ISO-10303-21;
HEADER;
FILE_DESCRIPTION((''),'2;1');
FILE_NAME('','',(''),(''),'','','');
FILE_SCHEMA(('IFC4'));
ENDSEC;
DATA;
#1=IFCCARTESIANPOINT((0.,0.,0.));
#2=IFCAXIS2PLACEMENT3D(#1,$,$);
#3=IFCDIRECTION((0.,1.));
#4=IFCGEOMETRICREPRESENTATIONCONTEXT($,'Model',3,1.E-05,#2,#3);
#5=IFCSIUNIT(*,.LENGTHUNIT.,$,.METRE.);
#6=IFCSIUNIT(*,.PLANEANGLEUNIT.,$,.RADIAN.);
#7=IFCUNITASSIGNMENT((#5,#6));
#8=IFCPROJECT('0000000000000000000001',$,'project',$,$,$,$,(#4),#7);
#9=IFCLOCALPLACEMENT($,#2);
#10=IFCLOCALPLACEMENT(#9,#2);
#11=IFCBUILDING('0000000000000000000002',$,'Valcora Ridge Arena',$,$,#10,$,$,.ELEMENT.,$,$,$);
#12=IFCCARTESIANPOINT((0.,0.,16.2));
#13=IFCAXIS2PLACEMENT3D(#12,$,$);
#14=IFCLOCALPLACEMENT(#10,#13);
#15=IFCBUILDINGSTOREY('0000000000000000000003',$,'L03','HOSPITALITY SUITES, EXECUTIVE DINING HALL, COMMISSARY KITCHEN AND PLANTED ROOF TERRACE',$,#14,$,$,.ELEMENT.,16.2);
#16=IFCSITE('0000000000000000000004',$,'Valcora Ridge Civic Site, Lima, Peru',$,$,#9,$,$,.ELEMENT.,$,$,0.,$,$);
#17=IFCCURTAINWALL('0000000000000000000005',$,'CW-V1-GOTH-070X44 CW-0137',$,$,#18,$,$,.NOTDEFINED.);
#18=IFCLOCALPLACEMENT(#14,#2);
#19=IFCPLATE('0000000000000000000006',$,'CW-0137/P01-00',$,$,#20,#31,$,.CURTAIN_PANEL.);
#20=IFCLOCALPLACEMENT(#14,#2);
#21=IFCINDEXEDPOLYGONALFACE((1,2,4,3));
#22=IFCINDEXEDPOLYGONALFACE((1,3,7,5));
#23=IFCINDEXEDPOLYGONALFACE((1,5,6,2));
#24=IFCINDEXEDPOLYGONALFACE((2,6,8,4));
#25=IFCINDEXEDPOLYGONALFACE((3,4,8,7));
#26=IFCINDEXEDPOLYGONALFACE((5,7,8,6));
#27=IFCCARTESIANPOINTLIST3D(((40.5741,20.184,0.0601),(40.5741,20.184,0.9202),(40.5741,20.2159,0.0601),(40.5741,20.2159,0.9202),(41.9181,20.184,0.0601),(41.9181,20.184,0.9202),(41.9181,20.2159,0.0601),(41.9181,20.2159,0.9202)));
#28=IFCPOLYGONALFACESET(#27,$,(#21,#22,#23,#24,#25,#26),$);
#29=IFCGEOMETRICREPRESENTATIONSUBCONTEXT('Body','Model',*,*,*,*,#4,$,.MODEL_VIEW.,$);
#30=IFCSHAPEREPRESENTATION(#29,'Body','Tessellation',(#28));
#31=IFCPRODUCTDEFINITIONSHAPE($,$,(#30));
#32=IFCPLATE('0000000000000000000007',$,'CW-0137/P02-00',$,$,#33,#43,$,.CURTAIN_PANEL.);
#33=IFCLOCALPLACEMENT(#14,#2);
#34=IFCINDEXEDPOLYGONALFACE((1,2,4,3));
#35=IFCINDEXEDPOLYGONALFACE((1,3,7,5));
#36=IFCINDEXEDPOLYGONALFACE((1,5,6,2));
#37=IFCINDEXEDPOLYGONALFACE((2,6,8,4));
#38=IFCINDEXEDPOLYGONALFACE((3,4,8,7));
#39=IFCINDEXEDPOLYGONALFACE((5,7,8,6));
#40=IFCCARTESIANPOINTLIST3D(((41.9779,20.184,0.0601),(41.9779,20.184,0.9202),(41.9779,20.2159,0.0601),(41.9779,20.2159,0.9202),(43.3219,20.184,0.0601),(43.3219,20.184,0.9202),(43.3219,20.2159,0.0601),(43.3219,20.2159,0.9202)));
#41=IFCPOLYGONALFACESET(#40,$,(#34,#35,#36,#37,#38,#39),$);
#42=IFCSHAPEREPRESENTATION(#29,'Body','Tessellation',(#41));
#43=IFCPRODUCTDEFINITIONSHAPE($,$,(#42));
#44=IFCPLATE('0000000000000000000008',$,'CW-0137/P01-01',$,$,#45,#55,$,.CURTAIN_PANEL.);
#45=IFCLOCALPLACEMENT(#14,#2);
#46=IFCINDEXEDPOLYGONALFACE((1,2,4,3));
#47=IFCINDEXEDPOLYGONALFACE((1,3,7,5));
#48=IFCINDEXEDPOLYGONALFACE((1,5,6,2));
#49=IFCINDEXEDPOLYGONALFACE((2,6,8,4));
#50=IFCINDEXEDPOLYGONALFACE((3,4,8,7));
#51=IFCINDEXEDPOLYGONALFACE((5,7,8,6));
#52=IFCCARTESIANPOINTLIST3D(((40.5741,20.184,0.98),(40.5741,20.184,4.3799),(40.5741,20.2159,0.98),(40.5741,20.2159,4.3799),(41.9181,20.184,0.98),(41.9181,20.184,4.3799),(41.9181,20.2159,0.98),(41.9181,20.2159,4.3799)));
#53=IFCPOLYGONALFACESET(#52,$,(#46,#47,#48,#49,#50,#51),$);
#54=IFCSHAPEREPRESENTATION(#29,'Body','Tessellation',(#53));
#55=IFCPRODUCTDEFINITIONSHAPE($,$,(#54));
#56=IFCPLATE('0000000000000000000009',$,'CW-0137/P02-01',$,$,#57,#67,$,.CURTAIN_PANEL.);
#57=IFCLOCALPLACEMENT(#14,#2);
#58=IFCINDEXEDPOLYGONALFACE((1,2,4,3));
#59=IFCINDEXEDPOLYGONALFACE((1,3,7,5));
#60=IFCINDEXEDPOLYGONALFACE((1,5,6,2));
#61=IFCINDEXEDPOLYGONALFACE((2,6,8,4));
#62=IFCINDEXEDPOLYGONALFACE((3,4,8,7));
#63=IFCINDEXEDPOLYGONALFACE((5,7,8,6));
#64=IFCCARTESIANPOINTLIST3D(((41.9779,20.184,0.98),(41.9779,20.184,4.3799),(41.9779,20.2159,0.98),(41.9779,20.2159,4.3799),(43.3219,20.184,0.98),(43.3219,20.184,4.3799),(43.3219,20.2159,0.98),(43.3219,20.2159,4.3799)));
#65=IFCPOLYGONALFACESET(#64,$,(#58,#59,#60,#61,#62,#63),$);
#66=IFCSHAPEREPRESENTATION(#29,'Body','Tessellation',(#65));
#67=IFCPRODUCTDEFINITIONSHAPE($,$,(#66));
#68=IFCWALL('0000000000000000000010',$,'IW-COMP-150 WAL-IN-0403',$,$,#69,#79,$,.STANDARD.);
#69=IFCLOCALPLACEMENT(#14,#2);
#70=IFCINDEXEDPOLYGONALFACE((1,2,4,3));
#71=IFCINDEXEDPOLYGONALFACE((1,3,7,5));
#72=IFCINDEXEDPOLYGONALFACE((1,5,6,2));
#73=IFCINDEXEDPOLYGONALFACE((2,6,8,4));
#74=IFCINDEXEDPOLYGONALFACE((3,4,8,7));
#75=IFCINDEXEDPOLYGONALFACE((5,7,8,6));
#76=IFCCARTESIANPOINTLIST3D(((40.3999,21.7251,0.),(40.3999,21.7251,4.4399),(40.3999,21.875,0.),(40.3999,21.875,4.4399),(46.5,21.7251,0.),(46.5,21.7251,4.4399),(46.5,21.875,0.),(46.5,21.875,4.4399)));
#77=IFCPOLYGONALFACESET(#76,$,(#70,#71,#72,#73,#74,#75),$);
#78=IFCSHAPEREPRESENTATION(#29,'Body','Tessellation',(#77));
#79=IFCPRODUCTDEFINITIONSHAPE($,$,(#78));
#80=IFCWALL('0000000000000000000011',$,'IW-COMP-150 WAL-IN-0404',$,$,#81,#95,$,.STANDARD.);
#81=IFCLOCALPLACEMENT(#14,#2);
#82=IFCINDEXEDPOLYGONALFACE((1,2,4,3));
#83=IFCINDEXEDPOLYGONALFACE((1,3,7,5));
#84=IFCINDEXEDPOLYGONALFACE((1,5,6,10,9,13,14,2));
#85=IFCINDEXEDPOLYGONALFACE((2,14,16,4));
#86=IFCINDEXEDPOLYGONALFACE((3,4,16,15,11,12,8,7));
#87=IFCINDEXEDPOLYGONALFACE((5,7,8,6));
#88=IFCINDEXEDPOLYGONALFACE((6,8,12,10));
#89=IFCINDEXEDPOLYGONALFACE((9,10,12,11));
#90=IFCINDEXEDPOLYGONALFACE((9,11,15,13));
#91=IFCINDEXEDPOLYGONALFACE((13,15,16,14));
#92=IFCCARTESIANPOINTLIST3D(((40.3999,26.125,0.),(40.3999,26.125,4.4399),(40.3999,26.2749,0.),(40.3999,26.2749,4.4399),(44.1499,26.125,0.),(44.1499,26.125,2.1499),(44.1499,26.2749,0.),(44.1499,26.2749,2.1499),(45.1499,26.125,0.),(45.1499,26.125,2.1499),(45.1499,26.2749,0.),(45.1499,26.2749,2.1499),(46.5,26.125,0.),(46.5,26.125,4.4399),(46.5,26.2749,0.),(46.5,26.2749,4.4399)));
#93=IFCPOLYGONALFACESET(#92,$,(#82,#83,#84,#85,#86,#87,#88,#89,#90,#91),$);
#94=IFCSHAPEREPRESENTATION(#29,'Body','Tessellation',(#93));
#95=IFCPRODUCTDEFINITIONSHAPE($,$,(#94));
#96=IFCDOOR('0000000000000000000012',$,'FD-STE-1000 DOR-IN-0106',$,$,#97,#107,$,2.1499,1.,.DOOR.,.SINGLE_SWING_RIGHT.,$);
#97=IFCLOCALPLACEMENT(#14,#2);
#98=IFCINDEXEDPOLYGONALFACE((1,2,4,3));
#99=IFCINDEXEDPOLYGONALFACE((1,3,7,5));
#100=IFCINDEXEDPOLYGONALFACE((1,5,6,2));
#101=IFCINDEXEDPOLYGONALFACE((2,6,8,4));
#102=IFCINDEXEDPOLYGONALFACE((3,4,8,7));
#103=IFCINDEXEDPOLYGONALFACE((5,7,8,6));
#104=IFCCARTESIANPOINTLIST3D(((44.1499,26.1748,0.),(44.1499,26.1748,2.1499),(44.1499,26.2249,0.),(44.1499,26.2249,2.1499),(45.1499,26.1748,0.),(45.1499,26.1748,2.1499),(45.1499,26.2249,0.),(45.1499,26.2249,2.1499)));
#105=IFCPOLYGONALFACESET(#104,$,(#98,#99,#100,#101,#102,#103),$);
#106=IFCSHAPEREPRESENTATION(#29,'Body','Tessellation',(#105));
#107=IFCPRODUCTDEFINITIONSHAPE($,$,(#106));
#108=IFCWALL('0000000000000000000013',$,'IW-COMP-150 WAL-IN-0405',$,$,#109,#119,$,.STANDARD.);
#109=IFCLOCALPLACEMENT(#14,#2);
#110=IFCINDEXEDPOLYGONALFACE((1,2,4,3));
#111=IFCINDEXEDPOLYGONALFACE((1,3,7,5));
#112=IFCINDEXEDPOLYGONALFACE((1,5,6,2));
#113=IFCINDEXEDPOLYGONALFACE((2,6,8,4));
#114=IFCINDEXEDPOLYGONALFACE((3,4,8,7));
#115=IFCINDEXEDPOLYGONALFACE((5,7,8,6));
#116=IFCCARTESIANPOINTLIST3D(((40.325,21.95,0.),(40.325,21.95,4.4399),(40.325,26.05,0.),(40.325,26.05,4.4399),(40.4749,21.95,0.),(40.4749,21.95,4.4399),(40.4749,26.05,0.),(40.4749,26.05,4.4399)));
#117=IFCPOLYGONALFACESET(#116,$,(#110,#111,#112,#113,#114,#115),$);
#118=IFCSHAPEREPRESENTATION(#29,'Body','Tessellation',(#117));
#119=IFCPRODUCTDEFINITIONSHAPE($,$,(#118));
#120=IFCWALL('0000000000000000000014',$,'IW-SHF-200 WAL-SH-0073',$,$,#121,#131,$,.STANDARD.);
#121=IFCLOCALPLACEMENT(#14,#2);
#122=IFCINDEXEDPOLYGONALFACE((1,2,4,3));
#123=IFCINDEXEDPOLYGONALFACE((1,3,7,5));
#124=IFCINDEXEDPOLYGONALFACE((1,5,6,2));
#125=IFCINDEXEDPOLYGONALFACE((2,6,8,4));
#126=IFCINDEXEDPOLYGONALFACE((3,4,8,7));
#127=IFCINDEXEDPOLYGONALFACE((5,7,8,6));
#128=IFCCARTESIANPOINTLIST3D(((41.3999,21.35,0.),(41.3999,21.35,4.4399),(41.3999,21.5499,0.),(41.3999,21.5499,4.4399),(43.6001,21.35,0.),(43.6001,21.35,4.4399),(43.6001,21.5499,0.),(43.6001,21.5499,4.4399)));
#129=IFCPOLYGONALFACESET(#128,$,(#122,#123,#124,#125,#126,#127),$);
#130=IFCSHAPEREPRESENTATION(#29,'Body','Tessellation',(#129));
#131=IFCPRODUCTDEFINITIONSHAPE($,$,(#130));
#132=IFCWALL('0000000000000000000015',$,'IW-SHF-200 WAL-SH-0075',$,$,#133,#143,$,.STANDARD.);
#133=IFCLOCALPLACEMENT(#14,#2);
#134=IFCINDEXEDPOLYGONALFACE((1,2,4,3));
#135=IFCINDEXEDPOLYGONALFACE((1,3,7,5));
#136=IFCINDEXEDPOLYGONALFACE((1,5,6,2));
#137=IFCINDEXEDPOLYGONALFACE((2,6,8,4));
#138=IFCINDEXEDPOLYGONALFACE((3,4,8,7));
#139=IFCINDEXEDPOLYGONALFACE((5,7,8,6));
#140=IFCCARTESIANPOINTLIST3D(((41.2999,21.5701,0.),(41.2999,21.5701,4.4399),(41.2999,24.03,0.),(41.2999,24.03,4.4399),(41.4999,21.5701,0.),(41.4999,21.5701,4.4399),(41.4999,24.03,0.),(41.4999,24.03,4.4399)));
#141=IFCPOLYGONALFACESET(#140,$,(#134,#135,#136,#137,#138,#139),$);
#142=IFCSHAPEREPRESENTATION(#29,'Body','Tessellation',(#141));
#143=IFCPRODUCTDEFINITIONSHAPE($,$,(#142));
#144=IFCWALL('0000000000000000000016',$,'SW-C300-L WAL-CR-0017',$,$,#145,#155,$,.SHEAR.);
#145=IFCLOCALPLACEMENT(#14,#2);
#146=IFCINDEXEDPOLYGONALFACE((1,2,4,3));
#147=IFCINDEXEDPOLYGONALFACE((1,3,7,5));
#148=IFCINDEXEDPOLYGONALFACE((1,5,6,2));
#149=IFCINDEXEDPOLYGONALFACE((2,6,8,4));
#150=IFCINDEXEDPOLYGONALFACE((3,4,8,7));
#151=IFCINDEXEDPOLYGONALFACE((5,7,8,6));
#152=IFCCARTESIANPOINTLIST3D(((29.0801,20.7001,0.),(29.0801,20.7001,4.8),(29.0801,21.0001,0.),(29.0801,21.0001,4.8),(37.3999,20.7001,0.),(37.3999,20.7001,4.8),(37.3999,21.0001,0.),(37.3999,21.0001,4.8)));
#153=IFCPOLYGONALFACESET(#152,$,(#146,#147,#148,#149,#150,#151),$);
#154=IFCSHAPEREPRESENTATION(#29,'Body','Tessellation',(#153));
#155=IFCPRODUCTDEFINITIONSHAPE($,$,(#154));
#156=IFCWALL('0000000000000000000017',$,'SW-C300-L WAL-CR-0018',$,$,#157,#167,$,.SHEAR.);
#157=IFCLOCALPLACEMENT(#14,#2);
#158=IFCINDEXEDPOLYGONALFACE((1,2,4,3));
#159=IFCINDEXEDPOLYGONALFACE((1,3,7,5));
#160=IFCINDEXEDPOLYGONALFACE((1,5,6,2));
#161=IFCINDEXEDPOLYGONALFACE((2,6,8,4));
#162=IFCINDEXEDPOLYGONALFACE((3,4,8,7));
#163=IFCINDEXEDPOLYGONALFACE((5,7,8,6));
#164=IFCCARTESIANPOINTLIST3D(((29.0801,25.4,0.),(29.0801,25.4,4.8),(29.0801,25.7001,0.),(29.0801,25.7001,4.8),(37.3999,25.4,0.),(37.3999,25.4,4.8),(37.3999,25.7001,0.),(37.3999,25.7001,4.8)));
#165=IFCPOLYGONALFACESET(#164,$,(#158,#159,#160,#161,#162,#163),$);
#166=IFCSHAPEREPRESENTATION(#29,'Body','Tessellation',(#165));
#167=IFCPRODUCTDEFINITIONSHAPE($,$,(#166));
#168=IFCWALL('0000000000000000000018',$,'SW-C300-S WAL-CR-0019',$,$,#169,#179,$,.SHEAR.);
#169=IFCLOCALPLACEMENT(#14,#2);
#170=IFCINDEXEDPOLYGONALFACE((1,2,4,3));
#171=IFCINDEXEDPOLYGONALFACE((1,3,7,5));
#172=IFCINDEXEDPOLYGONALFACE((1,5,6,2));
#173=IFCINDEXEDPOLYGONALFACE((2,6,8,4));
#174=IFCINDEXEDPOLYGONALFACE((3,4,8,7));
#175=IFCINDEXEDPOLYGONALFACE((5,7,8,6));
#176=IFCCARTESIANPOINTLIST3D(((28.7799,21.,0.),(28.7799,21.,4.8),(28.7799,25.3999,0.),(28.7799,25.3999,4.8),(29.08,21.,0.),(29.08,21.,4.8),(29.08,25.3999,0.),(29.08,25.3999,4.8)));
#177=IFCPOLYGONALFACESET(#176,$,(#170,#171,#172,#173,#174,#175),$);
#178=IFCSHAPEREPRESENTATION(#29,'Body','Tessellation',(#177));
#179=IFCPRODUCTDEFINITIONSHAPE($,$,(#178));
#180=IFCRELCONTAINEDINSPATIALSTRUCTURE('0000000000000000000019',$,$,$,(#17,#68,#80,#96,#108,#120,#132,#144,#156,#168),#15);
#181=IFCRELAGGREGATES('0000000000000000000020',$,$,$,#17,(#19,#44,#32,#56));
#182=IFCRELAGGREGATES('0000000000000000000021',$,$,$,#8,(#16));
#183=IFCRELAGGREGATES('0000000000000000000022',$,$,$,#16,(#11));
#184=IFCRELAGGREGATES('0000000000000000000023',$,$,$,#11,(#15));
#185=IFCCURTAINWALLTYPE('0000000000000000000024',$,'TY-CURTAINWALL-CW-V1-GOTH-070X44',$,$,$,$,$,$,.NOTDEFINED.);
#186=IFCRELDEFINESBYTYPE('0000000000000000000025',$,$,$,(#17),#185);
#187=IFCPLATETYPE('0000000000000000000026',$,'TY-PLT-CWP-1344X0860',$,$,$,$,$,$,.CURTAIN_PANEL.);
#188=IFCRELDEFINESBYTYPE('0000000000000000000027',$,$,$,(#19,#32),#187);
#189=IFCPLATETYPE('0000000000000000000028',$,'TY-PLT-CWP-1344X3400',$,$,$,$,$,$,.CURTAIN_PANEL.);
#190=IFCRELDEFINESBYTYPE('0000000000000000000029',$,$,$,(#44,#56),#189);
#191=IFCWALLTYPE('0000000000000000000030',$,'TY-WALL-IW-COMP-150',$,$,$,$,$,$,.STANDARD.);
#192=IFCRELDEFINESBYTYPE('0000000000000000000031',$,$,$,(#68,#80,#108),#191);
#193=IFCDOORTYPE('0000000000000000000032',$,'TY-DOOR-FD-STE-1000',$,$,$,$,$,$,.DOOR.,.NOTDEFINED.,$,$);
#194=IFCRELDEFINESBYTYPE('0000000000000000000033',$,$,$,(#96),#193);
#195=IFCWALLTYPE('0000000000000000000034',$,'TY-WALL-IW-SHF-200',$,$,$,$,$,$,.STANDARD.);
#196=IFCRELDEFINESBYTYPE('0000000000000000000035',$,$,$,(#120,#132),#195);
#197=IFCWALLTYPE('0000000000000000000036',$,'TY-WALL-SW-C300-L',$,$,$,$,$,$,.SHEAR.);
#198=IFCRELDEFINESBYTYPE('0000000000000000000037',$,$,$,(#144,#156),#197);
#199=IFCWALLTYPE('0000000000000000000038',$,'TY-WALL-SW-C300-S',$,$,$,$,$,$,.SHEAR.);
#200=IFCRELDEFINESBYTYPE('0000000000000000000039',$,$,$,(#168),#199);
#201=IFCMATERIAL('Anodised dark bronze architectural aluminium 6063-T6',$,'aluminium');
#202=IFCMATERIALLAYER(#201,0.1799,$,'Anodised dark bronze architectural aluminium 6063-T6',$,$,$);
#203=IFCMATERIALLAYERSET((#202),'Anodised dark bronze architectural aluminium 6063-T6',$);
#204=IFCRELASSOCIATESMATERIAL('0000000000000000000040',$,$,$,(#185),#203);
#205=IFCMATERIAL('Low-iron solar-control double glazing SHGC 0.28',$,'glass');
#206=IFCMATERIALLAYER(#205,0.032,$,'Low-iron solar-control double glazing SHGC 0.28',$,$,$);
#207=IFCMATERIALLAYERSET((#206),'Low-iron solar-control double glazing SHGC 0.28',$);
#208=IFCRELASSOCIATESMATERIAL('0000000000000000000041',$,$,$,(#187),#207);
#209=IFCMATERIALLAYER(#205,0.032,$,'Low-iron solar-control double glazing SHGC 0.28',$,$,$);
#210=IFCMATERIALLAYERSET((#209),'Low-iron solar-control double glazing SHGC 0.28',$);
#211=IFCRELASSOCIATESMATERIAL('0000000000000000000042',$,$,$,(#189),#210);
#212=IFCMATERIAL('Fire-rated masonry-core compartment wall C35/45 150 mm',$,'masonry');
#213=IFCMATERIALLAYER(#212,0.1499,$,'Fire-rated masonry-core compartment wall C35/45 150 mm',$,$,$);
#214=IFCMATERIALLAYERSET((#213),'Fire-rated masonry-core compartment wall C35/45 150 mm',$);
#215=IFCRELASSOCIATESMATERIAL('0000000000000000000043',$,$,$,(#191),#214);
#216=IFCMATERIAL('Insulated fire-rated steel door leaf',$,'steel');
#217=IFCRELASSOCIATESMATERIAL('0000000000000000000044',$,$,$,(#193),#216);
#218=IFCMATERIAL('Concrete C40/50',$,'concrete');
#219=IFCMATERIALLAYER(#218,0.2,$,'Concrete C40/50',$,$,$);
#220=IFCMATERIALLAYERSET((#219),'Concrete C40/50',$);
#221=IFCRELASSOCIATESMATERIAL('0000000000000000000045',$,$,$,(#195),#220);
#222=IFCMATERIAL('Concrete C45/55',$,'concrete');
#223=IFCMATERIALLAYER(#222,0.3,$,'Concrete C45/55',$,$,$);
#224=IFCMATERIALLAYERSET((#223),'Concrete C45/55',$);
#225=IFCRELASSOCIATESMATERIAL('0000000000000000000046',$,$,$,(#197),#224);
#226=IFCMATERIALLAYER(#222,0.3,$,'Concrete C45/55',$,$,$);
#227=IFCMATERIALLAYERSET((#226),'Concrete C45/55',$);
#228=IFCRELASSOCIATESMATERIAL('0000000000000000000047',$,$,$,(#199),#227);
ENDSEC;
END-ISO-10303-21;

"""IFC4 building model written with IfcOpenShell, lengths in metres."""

from ifc_helpers import new_model, si_unit, direction, frame, frame_2d, origin, origin_2d, place, context, subcontext, project, spatial, rectangle, extrude, material, layer, layer_set, type_object, element, fill, aggregate, save


model = new_model("IFC4")

# Units and contexts
model_context = context("Model", 3, precision=1e-05, world=origin(), true_north=direction((0.0, 1.0)))
body_context = subcontext(model_context, "Body", "Model", "MODEL_VIEW")
ifc_project = project(units=[si_unit("LENGTHUNIT", "METRE"), si_unit("PLANEANGLEUNIT", "RADIAN")], contexts=[model_context])

# Site, building, storey
site_placement = place(None, origin())
site = spatial("IfcSite", under=ifc_project, at=site_placement, Name="Valcora Ridge Civic Site, Lima, Peru", CompositionType="ELEMENT", RefElevation=0.0)
building_placement = place(site_placement, origin())
building = spatial("IfcBuilding", under=site, at=building_placement, Name="Valcora Ridge Arena", CompositionType="ELEMENT")
storey_placement = place(building_placement, frame((0.0, 0.0, 16.2)))
storey = spatial("IfcBuildingStorey", under=building, at=storey_placement, Name="L03", Description="HOSPITALITY SUITES, EXECUTIVE DINING HALL, COMMISSARY KITCHEN AND PLANTED ROOF TERRACE", CompositionType="ELEMENT", Elevation=16.2)

# Shared definitions
ifc_material_1 = material(Name="Concrete C40/50", Category="concrete")

# Curtain wall
ifc_material_2 = material(Name="Anodised dark bronze architectural aluminium 6063-T6", Category="aluminium")
ifc_layer_1 = layer(ifc_material_2, 0.1799, Name="Anodised dark bronze architectural aluminium 6063-T6")
ifc_layer_set_1 = layer_set([ifc_layer_1], Name="Anodised dark bronze architectural aluminium 6063-T6")
curtain_wall_type = type_object("IfcCurtainWallType", Name="TY-CURTAINWALL-CW-V1-GOTH-070X44", PredefinedType="NOTDEFINED", material=ifc_layer_set_1)
curtain_wall_placement = place(storey_placement, origin())
curtain_wall = element("IfcCurtainWall", 1, at=curtain_wall_placement, inside=storey, type_object=curtain_wall_type, Name="CW-V1-GOTH-070X44 CW-0137", PredefinedType="NOTDEFINED")

# Plates
ifc_material_3 = material(Name="Low-iron solar-control double glazing SHGC 0.28", Category="glass")
ifc_layer_2 = layer(ifc_material_3, 0.032, Name="Low-iron solar-control double glazing SHGC 0.28")
ifc_layer_set_2 = layer_set([ifc_layer_2], Name="Low-iron solar-control double glazing SHGC 0.28")
plate_type_1 = type_object("IfcPlateType", Name="TY-PLT-CWP-1344X0860", PredefinedType="CURTAIN_PANEL", material=ifc_layer_set_2)
plate_1_placement = place(storey_placement, frame((41.2461, 20.2, 0.0601), z_axis=(0.0, 0.0, 1.0), x_axis=(1.0, 0.0, 0.0)))
plate_1 = element("IfcPlate", 2, at=plate_1_placement, type_object=plate_type_1, Name="CW-0137/P01-00", PredefinedType="CURTAIN_PANEL", context=body_context, shape_type="SweptSolid", body=[
    extrude(rectangle(XDim=1.344, YDim=0.032, at=origin_2d()), origin(), (0.0, 0.0, 1.0), 0.8601),
])
plate_2_placement = place(storey_placement, frame((42.6499, 20.2, 0.0601), z_axis=(0.0, 0.0, 1.0), x_axis=(1.0, 0.0, 0.0)))
plate_2 = element("IfcPlate", 3, at=plate_2_placement, type_object=plate_type_1, Name="CW-0137/P02-00", PredefinedType="CURTAIN_PANEL", context=body_context, shape_type="SweptSolid", body=[
    extrude(rectangle(XDim=1.344, YDim=0.032, at=origin_2d()), origin(), (0.0, 0.0, 1.0), 0.8601),
])
ifc_layer_3 = layer(ifc_material_3, 0.032, Name="Low-iron solar-control double glazing SHGC 0.28")
ifc_layer_set_3 = layer_set([ifc_layer_3], Name="Low-iron solar-control double glazing SHGC 0.28")
plate_type_2 = type_object("IfcPlateType", Name="TY-PLT-CWP-1344X3400", PredefinedType="CURTAIN_PANEL", material=ifc_layer_set_3)
plate_3_placement = place(storey_placement, frame((41.2461, 20.2, 0.98), z_axis=(0.0, 0.0, 1.0), x_axis=(1.0, 0.0, 0.0)))
plate_3 = element("IfcPlate", 4, at=plate_3_placement, type_object=plate_type_2, Name="CW-0137/P01-01", PredefinedType="CURTAIN_PANEL", context=body_context, shape_type="SweptSolid", body=[
    extrude(rectangle(XDim=1.344, YDim=0.032, at=origin_2d()), origin(), (0.0, 0.0, 1.0), 3.3999),
])
plate_4_placement = place(storey_placement, frame((42.6499, 20.2, 0.98), z_axis=(0.0, 0.0, 1.0), x_axis=(1.0, 0.0, 0.0)))
plate_4 = element("IfcPlate", 5, at=plate_4_placement, type_object=plate_type_2, Name="CW-0137/P02-01", PredefinedType="CURTAIN_PANEL", context=body_context, shape_type="SweptSolid", body=[
    extrude(rectangle(XDim=1.344, YDim=0.032, at=origin_2d()), origin(), (0.0, 0.0, 1.0), 3.3999),
])
aggregate(curtain_wall, [plate_1, plate_3, plate_2, plate_4])

# Wall
ifc_material_4 = material(Name="Fire-rated masonry-core compartment wall C35/45 150 mm", Category="masonry")
ifc_layer_4 = layer(ifc_material_4, 0.1499, Name="Fire-rated masonry-core compartment wall C35/45 150 mm")
ifc_layer_set_4 = layer_set([ifc_layer_4], Name="Fire-rated masonry-core compartment wall C35/45 150 mm")
wall_type_1 = type_object("IfcWallType", Name="TY-WALL-IW-COMP-150", PredefinedType="STANDARD", material=ifc_layer_set_4)
wall_1_placement = place(storey_placement, frame((40.3999, 21.8, 0.0), z_axis=(0.0, 0.0, 1.0), x_axis=(1.0, 0.0, 0.0)))
element("IfcWall", 6, at=wall_1_placement, inside=storey, type_object=wall_type_1, Name="IW-COMP-150 WAL-IN-0403", PredefinedType="STANDARD", context=body_context, shape_type="SweptSolid", body=[
    extrude(rectangle(XDim=6.1001, YDim=0.1499, at=frame_2d((3.05, 0.0))), origin(), (0.0, 0.0, 1.0), 4.4399),
])

# Wall, opening, door
wall_2_placement = place(storey_placement, frame((40.3999, 26.2, 0.0), z_axis=(0.0, 0.0, 1.0), x_axis=(1.0, 0.0, 0.0)))
wall_2 = element("IfcWall", 7, at=wall_2_placement, inside=storey, type_object=wall_type_1, Name="IW-COMP-150 WAL-IN-0404", PredefinedType="STANDARD", context=body_context, shape_type="SweptSolid", body=[
    extrude(rectangle(XDim=6.1001, YDim=0.1499, at=frame_2d((3.05, 0.0))), origin(), (0.0, 0.0, 1.0), 4.4399),
])
opening_1_placement = place(wall_2_placement, frame((3.75, 0.0, 0.0)))
opening_1 = element("IfcOpeningElement", 8, at=opening_1_placement, cuts=wall_2, PredefinedType="OPENING", context=body_context, shape_type="SweptSolid", body=[
    extrude(rectangle(XDim=1.0, YDim=2.1499, at=frame_2d((0.5, 1.075))), frame((0.0, 0.085, 0.0), z_axis=(0.0, -1.0, 0.0), x_axis=(1.0, 0.0, 0.0)), (0.0, 0.0, 1.0), 0.1699),
])
ifc_material_5 = material(Name="Insulated fire-rated steel door leaf", Category="steel")
door_type_1 = type_object("IfcDoorType", Name="TY-DOOR-FD-STE-1000", OperationType="NOTDEFINED", PredefinedType="DOOR", material=ifc_material_5)
door_1_placement = place(opening_1_placement, origin())
door_1 = element("IfcDoor", 9, at=door_1_placement, inside=storey, type_object=door_type_1, Name="FD-STE-1000 DOR-IN-0106", OperationType="SINGLE_SWING_RIGHT", OverallHeight=2.1499, OverallWidth=1.0, PredefinedType="DOOR", context=body_context, shape_type="SweptSolid", body=[
    extrude(rectangle(XDim=1.0, YDim=2.1499, at=frame_2d((0.5, 1.075))), frame((0.0, 0.0249, 0.0), z_axis=(0.0, -1.0, 0.0), x_axis=(1.0, 0.0, 0.0)), (0.0, 0.0, 1.0), 0.05),
])
fill(opening_1, door_1)

# Walls
wall_3_placement = place(storey_placement, frame((40.3999, 21.95, 0.0), z_axis=(0.0, 0.0, 1.0), x_axis=(0.0, 1.0, 0.0)))
element("IfcWall", 10, at=wall_3_placement, inside=storey, type_object=wall_type_1, Name="IW-COMP-150 WAL-IN-0405", PredefinedType="STANDARD", context=body_context, shape_type="SweptSolid", body=[
    extrude(rectangle(XDim=4.1001, YDim=0.1499, at=frame_2d((2.05, 0.0))), origin(), (0.0, 0.0, 1.0), 4.4399),
])
ifc_layer_5 = layer(ifc_material_1, 0.2, Name="Concrete C40/50")
ifc_layer_set_5 = layer_set([ifc_layer_5], Name="Concrete C40/50")
wall_type_2 = type_object("IfcWallType", Name="TY-WALL-IW-SHF-200", PredefinedType="STANDARD", material=ifc_layer_set_5)
wall_4_placement = place(storey_placement, frame((41.3999, 21.45, 0.0), z_axis=(0.0, 0.0, 1.0), x_axis=(1.0, 0.0, 0.0)))
element("IfcWall", 11, at=wall_4_placement, inside=storey, type_object=wall_type_2, Name="IW-SHF-200 WAL-SH-0073", PredefinedType="STANDARD", context=body_context, shape_type="SweptSolid", body=[
    extrude(rectangle(XDim=2.2002, YDim=0.2, at=frame_2d((1.1001, 0.0))), origin(), (0.0, 0.0, 1.0), 4.4399),
])

# Walls
wall_5_placement = place(storey_placement, frame((41.3999, 21.5701, 0.0), z_axis=(0.0, 0.0, 1.0), x_axis=(0.0, 1.0, 0.0)))
element("IfcWall", 12, at=wall_5_placement, inside=storey, type_object=wall_type_2, Name="IW-SHF-200 WAL-SH-0075", PredefinedType="STANDARD", context=body_context, shape_type="SweptSolid", body=[
    extrude(rectangle(XDim=2.46, YDim=0.2, at=frame_2d((1.23, 0.0))), origin(), (0.0, 0.0, 1.0), 4.4399),
])
ifc_material_6 = material(Name="Concrete C45/55", Category="concrete")
ifc_layer_6 = layer(ifc_material_6, 0.3, Name="Concrete C45/55")
ifc_layer_set_6 = layer_set([ifc_layer_6], Name="Concrete C45/55")
wall_type_3 = type_object("IfcWallType", Name="TY-WALL-SW-C300-L", PredefinedType="SHEAR", material=ifc_layer_set_6)
for number, where, z_axis, x_axis, name in (
    (13, (29.0801, 20.8501, 0.0), (0.0, 0.0, 1.0), (1.0, 0.0, 0.0), "SW-C300-L WAL-CR-0017"),
    (14, (29.0801, 25.55, 0.0), (0.0, 0.0, 1.0), (1.0, 0.0, 0.0), "SW-C300-L WAL-CR-0018"),
):
    element("IfcWall", number, at=place(storey_placement, frame(where, z_axis=z_axis, x_axis=x_axis)), inside=storey, type_object=wall_type_3, Name=name, PredefinedType="SHEAR", context=body_context, shape_type="SweptSolid", body=[
        extrude(rectangle(XDim=8.3198, YDim=0.3, at=frame_2d((4.1599, 0.0))), origin(), (0.0, 0.0, 1.0), 4.8),
    ])
ifc_layer_7 = layer(ifc_material_6, 0.3, Name="Concrete C45/55")
ifc_layer_set_7 = layer_set([ifc_layer_7], Name="Concrete C45/55")
wall_type_4 = type_object("IfcWallType", Name="TY-WALL-SW-C300-S", PredefinedType="SHEAR", material=ifc_layer_set_7)
wall_6_placement = place(storey_placement, frame((28.9299, 21.0, 0.0), z_axis=(0.0, 0.0, 1.0), x_axis=(0.0, 1.0, 0.0)))
element("IfcWall", 15, at=wall_6_placement, inside=storey, type_object=wall_type_4, Name="SW-C300-S WAL-CR-0019", PredefinedType="SHEAR", context=body_context, shape_type="SweptSolid", body=[
    extrude(rectangle(XDim=4.3999, YDim=0.3, at=frame_2d((2.2, 0.0))), origin(), (0.0, 0.0, 1.0), 4.8),
])

save(model, "model.ifc")
